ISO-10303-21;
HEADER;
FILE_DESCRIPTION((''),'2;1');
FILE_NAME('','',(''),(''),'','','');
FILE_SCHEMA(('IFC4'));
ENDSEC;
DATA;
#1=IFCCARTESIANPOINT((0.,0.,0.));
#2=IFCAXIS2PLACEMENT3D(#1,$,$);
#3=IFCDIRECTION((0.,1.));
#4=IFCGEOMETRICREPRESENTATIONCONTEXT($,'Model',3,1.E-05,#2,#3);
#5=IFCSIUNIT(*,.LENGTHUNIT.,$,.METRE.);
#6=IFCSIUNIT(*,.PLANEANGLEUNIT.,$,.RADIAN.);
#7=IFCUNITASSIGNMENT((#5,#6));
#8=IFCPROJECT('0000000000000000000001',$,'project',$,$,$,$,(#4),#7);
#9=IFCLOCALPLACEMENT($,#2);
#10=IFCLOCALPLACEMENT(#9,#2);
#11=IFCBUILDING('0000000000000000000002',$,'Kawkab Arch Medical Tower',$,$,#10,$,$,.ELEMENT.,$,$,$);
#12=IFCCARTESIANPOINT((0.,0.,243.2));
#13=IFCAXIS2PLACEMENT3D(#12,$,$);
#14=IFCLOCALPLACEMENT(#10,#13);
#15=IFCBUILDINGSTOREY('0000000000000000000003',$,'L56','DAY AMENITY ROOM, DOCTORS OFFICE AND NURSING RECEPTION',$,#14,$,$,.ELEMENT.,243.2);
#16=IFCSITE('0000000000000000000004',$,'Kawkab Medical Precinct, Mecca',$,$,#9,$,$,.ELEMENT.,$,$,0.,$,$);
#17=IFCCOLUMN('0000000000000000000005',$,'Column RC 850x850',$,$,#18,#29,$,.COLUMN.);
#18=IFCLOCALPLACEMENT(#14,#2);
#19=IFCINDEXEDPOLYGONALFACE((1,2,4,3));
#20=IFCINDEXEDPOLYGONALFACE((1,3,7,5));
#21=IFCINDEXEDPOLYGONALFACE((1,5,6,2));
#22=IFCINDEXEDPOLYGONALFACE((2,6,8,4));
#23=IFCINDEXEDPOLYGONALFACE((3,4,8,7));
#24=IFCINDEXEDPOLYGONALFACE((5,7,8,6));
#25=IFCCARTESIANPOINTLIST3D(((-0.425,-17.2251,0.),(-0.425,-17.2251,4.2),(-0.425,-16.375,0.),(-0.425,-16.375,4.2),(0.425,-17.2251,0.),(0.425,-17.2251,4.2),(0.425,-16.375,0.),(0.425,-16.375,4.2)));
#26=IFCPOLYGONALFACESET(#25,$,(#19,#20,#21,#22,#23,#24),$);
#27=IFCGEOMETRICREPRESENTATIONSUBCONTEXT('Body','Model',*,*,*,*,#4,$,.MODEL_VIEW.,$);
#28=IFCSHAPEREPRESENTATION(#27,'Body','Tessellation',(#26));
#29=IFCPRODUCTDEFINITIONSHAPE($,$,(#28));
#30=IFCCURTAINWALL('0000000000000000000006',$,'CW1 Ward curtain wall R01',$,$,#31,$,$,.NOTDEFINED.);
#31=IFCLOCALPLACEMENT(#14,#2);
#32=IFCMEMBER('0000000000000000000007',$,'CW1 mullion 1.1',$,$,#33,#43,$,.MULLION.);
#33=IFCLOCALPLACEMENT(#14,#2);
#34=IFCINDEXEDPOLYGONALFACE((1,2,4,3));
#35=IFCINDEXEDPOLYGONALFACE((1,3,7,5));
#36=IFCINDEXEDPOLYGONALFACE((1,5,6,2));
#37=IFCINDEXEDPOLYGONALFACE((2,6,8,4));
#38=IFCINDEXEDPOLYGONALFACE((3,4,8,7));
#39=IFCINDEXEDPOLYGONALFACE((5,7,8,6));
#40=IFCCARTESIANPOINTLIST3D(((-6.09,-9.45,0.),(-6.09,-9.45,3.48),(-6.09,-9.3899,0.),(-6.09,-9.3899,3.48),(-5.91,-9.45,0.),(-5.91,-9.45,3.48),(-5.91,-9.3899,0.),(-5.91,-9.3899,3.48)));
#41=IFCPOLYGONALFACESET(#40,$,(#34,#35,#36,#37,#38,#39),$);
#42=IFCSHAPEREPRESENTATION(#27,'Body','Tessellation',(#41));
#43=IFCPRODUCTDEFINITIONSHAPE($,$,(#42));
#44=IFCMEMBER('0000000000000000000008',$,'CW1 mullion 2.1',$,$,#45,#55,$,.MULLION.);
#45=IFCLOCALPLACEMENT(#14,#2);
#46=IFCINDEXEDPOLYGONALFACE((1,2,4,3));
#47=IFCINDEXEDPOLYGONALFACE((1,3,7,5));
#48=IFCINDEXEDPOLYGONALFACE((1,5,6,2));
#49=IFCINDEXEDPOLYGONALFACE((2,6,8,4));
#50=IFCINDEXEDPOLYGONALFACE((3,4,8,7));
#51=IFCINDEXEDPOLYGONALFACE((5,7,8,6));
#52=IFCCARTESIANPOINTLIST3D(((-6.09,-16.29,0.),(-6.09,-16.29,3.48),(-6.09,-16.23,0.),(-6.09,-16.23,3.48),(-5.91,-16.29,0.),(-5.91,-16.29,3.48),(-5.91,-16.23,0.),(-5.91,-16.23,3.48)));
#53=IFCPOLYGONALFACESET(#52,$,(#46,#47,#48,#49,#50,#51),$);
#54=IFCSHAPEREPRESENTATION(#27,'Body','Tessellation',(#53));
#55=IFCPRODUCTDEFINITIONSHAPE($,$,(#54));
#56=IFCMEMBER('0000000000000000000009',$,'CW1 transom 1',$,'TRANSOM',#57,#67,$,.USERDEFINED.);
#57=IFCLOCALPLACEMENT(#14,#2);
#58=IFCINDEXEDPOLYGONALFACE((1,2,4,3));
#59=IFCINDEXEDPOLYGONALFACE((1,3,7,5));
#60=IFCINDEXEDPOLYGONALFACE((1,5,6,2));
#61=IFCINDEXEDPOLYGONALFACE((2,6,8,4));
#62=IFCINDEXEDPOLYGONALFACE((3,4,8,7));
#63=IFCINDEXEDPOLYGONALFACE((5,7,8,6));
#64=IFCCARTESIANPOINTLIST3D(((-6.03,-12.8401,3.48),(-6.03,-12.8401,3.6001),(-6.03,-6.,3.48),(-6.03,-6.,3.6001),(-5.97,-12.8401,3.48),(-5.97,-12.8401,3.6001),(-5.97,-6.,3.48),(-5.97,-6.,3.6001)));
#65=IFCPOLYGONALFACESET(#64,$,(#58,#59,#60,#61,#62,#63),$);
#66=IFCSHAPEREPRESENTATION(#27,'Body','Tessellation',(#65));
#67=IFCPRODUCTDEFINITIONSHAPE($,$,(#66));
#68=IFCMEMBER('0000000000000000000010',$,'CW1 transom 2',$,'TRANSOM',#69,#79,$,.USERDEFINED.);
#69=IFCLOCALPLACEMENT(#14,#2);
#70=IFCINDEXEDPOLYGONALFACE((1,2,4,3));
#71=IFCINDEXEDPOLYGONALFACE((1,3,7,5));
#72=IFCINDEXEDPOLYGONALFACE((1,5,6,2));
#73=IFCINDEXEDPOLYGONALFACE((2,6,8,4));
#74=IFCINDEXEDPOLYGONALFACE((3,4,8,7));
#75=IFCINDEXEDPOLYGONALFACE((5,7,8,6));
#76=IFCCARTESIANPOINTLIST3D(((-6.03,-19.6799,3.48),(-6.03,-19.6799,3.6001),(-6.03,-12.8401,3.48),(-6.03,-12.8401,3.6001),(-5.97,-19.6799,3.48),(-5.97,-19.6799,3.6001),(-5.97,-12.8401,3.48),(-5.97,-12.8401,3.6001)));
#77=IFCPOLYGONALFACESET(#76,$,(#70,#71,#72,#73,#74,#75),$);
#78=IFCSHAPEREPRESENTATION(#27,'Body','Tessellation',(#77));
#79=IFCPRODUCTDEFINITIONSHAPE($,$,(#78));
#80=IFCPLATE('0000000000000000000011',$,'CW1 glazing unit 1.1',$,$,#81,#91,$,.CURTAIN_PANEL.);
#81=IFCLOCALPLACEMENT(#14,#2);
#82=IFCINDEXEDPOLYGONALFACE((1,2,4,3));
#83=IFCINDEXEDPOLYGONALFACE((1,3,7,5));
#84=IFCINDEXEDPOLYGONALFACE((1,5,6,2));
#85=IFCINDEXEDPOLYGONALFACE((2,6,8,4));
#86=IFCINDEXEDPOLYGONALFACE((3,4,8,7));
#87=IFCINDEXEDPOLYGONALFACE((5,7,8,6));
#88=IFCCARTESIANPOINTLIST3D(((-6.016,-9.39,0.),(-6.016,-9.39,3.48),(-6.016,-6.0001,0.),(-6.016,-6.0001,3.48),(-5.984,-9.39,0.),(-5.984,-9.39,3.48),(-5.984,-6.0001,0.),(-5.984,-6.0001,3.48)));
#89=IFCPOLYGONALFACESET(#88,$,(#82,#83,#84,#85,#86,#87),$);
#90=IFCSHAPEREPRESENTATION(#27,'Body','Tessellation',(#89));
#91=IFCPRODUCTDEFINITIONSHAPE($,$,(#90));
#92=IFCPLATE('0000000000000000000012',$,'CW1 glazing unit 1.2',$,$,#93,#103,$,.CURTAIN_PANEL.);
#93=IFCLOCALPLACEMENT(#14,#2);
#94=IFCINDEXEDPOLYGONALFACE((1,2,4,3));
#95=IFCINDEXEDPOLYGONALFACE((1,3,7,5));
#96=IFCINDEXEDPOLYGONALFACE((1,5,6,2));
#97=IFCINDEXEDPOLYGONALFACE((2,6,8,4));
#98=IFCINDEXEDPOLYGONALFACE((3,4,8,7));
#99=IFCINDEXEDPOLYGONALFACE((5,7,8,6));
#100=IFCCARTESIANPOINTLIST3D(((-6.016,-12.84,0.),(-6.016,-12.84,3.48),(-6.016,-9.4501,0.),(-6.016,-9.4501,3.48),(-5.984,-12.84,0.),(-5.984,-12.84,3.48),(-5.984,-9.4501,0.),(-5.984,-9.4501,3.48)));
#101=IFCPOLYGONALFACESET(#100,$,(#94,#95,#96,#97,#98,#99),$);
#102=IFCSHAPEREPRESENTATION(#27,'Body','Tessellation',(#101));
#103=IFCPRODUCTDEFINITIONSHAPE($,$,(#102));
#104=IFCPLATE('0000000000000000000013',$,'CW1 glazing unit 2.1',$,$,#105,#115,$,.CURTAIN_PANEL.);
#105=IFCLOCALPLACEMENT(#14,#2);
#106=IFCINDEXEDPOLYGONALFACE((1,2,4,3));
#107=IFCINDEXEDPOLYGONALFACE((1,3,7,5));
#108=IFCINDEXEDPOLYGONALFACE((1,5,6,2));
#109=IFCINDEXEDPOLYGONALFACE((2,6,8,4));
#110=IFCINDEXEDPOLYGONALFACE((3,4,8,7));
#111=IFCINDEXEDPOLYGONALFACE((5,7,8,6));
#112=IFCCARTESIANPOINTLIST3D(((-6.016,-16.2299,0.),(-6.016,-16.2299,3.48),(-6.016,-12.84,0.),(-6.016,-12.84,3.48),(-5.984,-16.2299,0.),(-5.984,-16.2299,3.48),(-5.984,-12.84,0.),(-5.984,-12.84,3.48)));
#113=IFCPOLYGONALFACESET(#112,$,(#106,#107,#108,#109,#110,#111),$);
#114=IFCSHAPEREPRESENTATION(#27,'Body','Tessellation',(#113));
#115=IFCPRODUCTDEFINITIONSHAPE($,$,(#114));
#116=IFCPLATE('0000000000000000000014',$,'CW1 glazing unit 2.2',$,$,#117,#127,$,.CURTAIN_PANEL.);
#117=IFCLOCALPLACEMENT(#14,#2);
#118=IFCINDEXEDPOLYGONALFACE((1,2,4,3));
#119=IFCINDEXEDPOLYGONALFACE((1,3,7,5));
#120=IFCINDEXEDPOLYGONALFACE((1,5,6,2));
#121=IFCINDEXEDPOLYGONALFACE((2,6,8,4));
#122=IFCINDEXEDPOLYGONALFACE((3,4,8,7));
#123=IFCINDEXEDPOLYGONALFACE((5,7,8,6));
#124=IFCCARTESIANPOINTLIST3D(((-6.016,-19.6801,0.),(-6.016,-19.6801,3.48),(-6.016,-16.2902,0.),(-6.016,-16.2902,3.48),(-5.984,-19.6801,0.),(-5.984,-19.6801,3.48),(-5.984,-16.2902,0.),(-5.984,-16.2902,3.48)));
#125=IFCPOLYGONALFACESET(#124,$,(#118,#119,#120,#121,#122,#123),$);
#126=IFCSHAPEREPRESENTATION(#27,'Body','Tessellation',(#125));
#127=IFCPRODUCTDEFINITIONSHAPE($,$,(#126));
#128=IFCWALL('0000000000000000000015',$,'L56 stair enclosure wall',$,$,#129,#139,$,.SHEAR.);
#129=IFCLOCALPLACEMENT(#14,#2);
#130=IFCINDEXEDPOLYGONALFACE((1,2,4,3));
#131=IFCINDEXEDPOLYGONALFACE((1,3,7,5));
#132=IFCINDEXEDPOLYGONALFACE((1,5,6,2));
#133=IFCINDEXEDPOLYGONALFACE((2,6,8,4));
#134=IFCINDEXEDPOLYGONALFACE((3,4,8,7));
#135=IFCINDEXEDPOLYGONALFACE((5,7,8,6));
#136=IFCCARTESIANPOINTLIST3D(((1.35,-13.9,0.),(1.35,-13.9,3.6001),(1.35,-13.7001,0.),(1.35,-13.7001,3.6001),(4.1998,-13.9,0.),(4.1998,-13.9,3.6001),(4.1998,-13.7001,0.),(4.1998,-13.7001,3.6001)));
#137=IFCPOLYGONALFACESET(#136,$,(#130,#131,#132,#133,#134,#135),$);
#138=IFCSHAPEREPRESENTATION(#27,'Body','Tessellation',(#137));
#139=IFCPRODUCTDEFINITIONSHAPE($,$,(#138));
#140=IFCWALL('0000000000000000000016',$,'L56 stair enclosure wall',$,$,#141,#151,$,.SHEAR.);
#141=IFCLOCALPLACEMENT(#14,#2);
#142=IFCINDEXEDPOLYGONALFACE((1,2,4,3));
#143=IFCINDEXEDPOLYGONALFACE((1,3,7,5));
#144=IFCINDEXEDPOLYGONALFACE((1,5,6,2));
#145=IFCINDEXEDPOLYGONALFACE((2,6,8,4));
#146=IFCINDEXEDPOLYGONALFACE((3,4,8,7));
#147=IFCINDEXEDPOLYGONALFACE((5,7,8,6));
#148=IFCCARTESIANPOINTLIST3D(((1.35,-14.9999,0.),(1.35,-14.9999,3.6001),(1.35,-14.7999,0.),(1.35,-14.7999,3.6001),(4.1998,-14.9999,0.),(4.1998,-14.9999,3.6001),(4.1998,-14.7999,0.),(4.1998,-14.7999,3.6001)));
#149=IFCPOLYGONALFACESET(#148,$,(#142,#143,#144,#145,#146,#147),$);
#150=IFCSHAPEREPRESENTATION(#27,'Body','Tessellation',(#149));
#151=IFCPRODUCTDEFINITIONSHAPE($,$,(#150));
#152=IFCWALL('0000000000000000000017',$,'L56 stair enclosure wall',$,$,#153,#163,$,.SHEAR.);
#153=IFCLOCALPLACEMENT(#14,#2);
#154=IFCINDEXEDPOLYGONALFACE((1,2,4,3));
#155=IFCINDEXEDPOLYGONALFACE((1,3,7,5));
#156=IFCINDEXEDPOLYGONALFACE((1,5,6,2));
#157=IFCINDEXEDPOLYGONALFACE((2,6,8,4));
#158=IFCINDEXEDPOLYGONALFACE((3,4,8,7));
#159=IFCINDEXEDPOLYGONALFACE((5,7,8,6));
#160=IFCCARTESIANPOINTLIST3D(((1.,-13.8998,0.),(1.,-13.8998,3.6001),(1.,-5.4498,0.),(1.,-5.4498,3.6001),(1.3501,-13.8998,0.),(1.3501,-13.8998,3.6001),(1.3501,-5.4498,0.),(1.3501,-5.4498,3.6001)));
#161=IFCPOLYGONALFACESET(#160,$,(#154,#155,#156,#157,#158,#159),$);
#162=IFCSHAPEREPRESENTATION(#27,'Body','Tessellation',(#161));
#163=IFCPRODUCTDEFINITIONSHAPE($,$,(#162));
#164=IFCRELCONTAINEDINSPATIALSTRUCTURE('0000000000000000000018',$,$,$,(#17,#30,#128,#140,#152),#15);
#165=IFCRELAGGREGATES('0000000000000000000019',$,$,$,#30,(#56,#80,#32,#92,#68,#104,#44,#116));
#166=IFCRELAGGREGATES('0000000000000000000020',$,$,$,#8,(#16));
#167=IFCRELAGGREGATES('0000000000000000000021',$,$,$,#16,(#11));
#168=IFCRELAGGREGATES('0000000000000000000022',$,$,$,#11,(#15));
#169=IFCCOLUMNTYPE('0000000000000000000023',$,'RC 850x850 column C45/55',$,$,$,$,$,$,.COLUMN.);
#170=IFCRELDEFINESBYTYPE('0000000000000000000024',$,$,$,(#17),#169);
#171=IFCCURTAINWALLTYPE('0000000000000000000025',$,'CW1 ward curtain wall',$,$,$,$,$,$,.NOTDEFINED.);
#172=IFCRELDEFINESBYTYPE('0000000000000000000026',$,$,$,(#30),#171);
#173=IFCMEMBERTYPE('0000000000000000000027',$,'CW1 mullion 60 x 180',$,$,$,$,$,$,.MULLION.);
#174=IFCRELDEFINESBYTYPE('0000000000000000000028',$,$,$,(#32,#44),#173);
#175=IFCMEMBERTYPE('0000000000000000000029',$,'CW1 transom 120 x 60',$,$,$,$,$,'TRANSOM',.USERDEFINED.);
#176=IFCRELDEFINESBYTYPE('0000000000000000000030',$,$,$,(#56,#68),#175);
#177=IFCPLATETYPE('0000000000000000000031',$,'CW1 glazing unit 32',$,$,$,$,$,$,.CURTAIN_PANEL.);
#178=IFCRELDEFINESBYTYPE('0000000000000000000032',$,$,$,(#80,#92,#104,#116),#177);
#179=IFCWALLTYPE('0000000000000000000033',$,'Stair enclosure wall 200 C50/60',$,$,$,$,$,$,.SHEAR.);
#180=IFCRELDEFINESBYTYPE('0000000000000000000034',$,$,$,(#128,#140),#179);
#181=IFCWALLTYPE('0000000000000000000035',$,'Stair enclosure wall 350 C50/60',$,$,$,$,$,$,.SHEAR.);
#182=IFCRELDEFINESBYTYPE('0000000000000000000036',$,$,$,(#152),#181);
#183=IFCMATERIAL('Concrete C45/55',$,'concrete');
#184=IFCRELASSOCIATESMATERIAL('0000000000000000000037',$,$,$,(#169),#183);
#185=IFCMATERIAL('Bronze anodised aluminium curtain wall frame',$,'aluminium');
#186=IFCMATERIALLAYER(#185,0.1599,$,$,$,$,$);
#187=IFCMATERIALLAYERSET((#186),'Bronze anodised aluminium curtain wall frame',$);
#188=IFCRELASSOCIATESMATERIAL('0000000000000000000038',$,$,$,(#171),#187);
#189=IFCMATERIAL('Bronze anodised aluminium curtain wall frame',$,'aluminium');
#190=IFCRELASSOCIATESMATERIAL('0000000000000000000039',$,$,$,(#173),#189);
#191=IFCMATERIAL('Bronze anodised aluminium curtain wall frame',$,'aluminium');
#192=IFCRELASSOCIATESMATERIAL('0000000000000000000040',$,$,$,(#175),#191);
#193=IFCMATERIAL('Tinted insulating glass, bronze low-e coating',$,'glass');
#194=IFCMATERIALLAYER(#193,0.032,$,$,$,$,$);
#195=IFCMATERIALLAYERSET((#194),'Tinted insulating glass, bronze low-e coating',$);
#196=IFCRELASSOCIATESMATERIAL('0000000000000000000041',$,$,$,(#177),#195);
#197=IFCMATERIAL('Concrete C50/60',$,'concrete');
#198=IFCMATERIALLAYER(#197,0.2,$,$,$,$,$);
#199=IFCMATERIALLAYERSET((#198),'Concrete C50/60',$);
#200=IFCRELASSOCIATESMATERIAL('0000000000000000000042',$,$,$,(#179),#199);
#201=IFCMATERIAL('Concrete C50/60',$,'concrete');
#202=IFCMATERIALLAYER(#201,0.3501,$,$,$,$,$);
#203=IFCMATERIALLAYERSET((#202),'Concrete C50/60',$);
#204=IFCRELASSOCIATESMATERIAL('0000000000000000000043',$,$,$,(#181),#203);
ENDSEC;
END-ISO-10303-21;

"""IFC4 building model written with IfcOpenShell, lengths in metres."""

from ifc_helpers import new_model, si_unit, direction, frame, frame_2d, origin, origin_2d, place, context, subcontext, project, spatial, rectangle, extrude, material, layer, layer_set, material_profile, profile_set, type_object, element, aggregate, save


model = new_model("IFC4")

# Units and contexts
model_context = context("Model", 3, precision=1e-05, world=origin(), true_north=direction((0.0, 1.0)))
body_context = subcontext(model_context, "Body", "Model", "MODEL_VIEW")
ifc_project = project(units=[si_unit("LENGTHUNIT", "METRE"), si_unit("PLANEANGLEUNIT", "RADIAN")], contexts=[model_context])

# Site, building, storey
site_placement = place(None, origin())
site = spatial("IfcSite", under=ifc_project, at=site_placement, Name="Kawkab Medical Precinct, Mecca", CompositionType="ELEMENT", RefElevation=0.0)
building_placement = place(site_placement, origin())
building = spatial("IfcBuilding", under=site, at=building_placement, Name="Kawkab Arch Medical Tower", CompositionType="ELEMENT")
storey_placement = place(building_placement, frame((0.0, 0.0, 243.2)))
storey = spatial("IfcBuildingStorey", under=building, at=storey_placement, Name="L56", Description="DAY AMENITY ROOM, DOCTORS OFFICE AND NURSING RECEPTION", CompositionType="ELEMENT", Elevation=243.2)

# Column
ifc_material_1 = material(Name="Concrete C45/55", Category="concrete")
ifc_material_profile_1 = material_profile(ifc_material_1, rectangle(XDim=0.8501, YDim=0.8501, at=origin_2d()), Name="RC 850x850")
ifc_profile_set_1 = profile_set([ifc_material_profile_1], Name="Concrete C45/55")
column_type = type_object("IfcColumnType", Name="RC 850x850 column C45/55", PredefinedType="COLUMN", material=ifc_profile_set_1)
column_placement = place(storey_placement, frame((0.0, -16.8, 0.0), z_axis=(0.0, 0.0, 1.0), x_axis=(1.0, 0.0, 0.0)))
element("IfcColumn", 1, at=column_placement, inside=storey, type_object=column_type, Name="Column RC 850x850", PredefinedType="COLUMN", context=body_context, shape_type="SweptSolid", body=[
    extrude(rectangle(XDim=0.8501, YDim=0.8501, at=origin_2d()), origin(), (0.0, 0.0, 1.0), 4.2),
])

# Curtain wall, members, plates
ifc_material_2 = material(Name="Bronze anodised aluminium curtain wall frame", Category="aluminium")
ifc_layer_1 = layer(ifc_material_2, 0.1599)
ifc_layer_set_1 = layer_set([ifc_layer_1], Name="Bronze anodised aluminium curtain wall frame")
curtain_wall_type = type_object("IfcCurtainWallType", Name="CW1 ward curtain wall", PredefinedType="NOTDEFINED", material=ifc_layer_set_1)
placement = place(storey_placement, origin())
curtain_wall = element("IfcCurtainWall", 2, at=placement, inside=storey, type_object=curtain_wall_type, Name="CW1 Ward curtain wall R01", PredefinedType="NOTDEFINED")
ifc_material_3 = material(Name="Bronze anodised aluminium curtain wall frame", Category="aluminium")
ifc_material_profile_2 = material_profile(ifc_material_3, rectangle(XDim=0.1799, YDim=0.0601, at=origin_2d()), Name="AL 60x180")
ifc_profile_set_2 = profile_set([ifc_material_profile_2], Name="Bronze anodised aluminium curtain wall frame")
member_type_1 = type_object("IfcMemberType", Name="CW1 mullion 60 x 180", PredefinedType="MULLION", material=ifc_profile_set_2)
member_1_placement = place(storey_placement, frame((-6.0, -9.4199, 0.0), z_axis=(0.0, 0.0, 1.0), x_axis=(1.0, 0.0, 0.0)))
member_1 = element("IfcMember", 3, at=member_1_placement, type_object=member_type_1, Name="CW1 mullion 1.1", PredefinedType="MULLION", context=body_context, shape_type="SweptSolid", body=[
    extrude(rectangle(XDim=0.1799, YDim=0.0601, at=origin_2d()), origin(), (0.0, 0.0, 1.0), 3.48),
])
member_2_placement = place(storey_placement, frame((-6.0, -16.26, 0.0), z_axis=(0.0, 0.0, 1.0), x_axis=(1.0, 0.0, 0.0)))
member_2 = element("IfcMember", 4, at=member_2_placement, type_object=member_type_1, Name="CW1 mullion 2.1", PredefinedType="MULLION", context=body_context, shape_type="SweptSolid", body=[
    extrude(rectangle(XDim=0.1799, YDim=0.0601, at=origin_2d()), origin(), (0.0, 0.0, 1.0), 3.48),
])
ifc_material_4 = material(Name="Bronze anodised aluminium curtain wall frame", Category="aluminium")
ifc_material_profile_3 = material_profile(ifc_material_4, rectangle(XDim=0.0601, YDim=0.1201, at=origin_2d()), Name="AL 60x120")
ifc_profile_set_3 = profile_set([ifc_material_profile_3], Name="Bronze anodised aluminium curtain wall frame")
member_type_2 = type_object("IfcMemberType", Name="CW1 transom 120 x 60", ElementType="TRANSOM", PredefinedType="USERDEFINED", material=ifc_profile_set_3)
member_3_placement = place(storey_placement, frame((-6.0, -6.0, 3.54), z_axis=(0.0, -1.0, 0.0), x_axis=(1.0, 0.0, 0.0)))
member_3 = element("IfcMember", 5, at=member_3_placement, type_object=member_type_2, Name="CW1 transom 1", ObjectType="TRANSOM", PredefinedType="USERDEFINED", context=body_context, shape_type="SweptSolid", body=[
    extrude(rectangle(XDim=0.0601, YDim=0.1201, at=origin_2d()), origin(), (0.0, 0.0, 1.0), 6.8401),
])
member_4_placement = place(storey_placement, frame((-6.0, -12.8401, 3.54), z_axis=(0.0, -1.0, 0.0), x_axis=(1.0, 0.0, 0.0)))
member_4 = element("IfcMember", 6, at=member_4_placement, type_object=member_type_2, Name="CW1 transom 2", ObjectType="TRANSOM", PredefinedType="USERDEFINED", context=body_context, shape_type="SweptSolid", body=[
    extrude(rectangle(XDim=0.0601, YDim=0.1201, at=origin_2d()), origin(), (0.0, 0.0, 1.0), 6.8398),
])
ifc_material_5 = material(Name="Tinted insulating glass, bronze low-e coating", Category="glass")
ifc_layer_2 = layer(ifc_material_5, 0.032)
ifc_layer_set_2 = layer_set([ifc_layer_2], Name="Tinted insulating glass, bronze low-e coating")
plate_type = type_object("IfcPlateType", Name="CW1 glazing unit 32", PredefinedType="CURTAIN_PANEL", material=ifc_layer_set_2)
plate_1_placement = place(storey_placement, frame((-6.0, -7.6951, 0.0), z_axis=(0.0, 0.0, 1.0), x_axis=(0.0, -1.0, 0.0)))
plate_1 = element("IfcPlate", 7, at=plate_1_placement, type_object=plate_type, Name="CW1 glazing unit 1.1", PredefinedType="CURTAIN_PANEL", context=body_context, shape_type="SweptSolid", body=[
    extrude(rectangle(XDim=3.3899, YDim=0.032, at=origin_2d()), origin(), (0.0, 0.0, 1.0), 3.48),
])
plate_2_placement = place(storey_placement, frame((-6.0, -11.145, 0.0), z_axis=(0.0, 0.0, 1.0), x_axis=(0.0, -1.0, 0.0)))
plate_2 = element("IfcPlate", 8, at=plate_2_placement, type_object=plate_type, Name="CW1 glazing unit 1.2", PredefinedType="CURTAIN_PANEL", context=body_context, shape_type="SweptSolid", body=[
    extrude(rectangle(XDim=3.3899, YDim=0.032, at=origin_2d()), origin(), (0.0, 0.0, 1.0), 3.48),
])
plate_3_placement = place(storey_placement, frame((-6.0, -14.5349, 0.0), z_axis=(0.0, 0.0, 1.0), x_axis=(0.0, -1.0, 0.0)))
plate_3 = element("IfcPlate", 9, at=plate_3_placement, type_object=plate_type, Name="CW1 glazing unit 2.1", PredefinedType="CURTAIN_PANEL", context=body_context, shape_type="SweptSolid", body=[
    extrude(rectangle(XDim=3.3899, YDim=0.032, at=origin_2d()), origin(), (0.0, 0.0, 1.0), 3.48),
])
plate_4_placement = place(storey_placement, frame((-6.0, -17.9851, 0.0), z_axis=(0.0, 0.0, 1.0), x_axis=(0.0, -1.0, 0.0)))
plate_4 = element("IfcPlate", 10, at=plate_4_placement, type_object=plate_type, Name="CW1 glazing unit 2.2", PredefinedType="CURTAIN_PANEL", context=body_context, shape_type="SweptSolid", body=[
    extrude(rectangle(XDim=3.3899, YDim=0.032, at=origin_2d()), origin(), (0.0, 0.0, 1.0), 3.48),
])
aggregate(curtain_wall, [member_3, plate_1, member_1, plate_2, member_4, plate_3, member_2, plate_4])

# Walls
ifc_material_6 = material(Name="Concrete C50/60", Category="concrete")
ifc_layer_3 = layer(ifc_material_6, 0.2)
ifc_layer_set_3 = layer_set([ifc_layer_3], Name="Concrete C50/60")
wall_type_1 = type_object("IfcWallType", Name="Stair enclosure wall 200 C50/60", PredefinedType="SHEAR", material=ifc_layer_set_3)
for number, where, z_axis, x_axis, name in (
    (11, (1.3501, -13.8, 0.0), (0.0, 0.0, 1.0), (1.0, 0.0, 0.0), "L56 stair enclosure wall"),
    (12, (1.3501, -14.8999, 0.0), (0.0, 0.0, 1.0), (1.0, 0.0, 0.0), "L56 stair enclosure wall"),
):
    element("IfcWall", number, at=place(storey_placement, frame(where, z_axis=z_axis, x_axis=x_axis)), inside=storey, type_object=wall_type_1, Name=name, PredefinedType="SHEAR", context=body_context, shape_type="SweptSolid", body=[
        extrude(rectangle(XDim=2.8499, YDim=0.2, at=frame_2d((1.4248, 0.0))), origin(), (0.0, 0.0, 1.0), 3.6001),
    ])
ifc_material_7 = material(Name="Concrete C50/60", Category="concrete")
ifc_layer_4 = layer(ifc_material_7, 0.3501)
ifc_layer_set_4 = layer_set([ifc_layer_4], Name="Concrete C50/60")
wall_type_2 = type_object("IfcWallType", Name="Stair enclosure wall 350 C50/60", PredefinedType="SHEAR", material=ifc_layer_set_4)
wall_placement = place(storey_placement, frame((1.175, -13.8999, 0.0), z_axis=(0.0, 0.0, 1.0), x_axis=(0.0, 1.0, 0.0)))
element("IfcWall", 13, at=wall_placement, inside=storey, type_object=wall_type_2, Name="L56 stair enclosure wall", PredefinedType="SHEAR", context=body_context, shape_type="SweptSolid", body=[
    extrude(rectangle(XDim=8.45, YDim=0.3501, at=frame_2d((4.2251, 0.0))), origin(), (0.0, 0.0, 1.0), 3.6001),
])

save(model, "model.ifc")
